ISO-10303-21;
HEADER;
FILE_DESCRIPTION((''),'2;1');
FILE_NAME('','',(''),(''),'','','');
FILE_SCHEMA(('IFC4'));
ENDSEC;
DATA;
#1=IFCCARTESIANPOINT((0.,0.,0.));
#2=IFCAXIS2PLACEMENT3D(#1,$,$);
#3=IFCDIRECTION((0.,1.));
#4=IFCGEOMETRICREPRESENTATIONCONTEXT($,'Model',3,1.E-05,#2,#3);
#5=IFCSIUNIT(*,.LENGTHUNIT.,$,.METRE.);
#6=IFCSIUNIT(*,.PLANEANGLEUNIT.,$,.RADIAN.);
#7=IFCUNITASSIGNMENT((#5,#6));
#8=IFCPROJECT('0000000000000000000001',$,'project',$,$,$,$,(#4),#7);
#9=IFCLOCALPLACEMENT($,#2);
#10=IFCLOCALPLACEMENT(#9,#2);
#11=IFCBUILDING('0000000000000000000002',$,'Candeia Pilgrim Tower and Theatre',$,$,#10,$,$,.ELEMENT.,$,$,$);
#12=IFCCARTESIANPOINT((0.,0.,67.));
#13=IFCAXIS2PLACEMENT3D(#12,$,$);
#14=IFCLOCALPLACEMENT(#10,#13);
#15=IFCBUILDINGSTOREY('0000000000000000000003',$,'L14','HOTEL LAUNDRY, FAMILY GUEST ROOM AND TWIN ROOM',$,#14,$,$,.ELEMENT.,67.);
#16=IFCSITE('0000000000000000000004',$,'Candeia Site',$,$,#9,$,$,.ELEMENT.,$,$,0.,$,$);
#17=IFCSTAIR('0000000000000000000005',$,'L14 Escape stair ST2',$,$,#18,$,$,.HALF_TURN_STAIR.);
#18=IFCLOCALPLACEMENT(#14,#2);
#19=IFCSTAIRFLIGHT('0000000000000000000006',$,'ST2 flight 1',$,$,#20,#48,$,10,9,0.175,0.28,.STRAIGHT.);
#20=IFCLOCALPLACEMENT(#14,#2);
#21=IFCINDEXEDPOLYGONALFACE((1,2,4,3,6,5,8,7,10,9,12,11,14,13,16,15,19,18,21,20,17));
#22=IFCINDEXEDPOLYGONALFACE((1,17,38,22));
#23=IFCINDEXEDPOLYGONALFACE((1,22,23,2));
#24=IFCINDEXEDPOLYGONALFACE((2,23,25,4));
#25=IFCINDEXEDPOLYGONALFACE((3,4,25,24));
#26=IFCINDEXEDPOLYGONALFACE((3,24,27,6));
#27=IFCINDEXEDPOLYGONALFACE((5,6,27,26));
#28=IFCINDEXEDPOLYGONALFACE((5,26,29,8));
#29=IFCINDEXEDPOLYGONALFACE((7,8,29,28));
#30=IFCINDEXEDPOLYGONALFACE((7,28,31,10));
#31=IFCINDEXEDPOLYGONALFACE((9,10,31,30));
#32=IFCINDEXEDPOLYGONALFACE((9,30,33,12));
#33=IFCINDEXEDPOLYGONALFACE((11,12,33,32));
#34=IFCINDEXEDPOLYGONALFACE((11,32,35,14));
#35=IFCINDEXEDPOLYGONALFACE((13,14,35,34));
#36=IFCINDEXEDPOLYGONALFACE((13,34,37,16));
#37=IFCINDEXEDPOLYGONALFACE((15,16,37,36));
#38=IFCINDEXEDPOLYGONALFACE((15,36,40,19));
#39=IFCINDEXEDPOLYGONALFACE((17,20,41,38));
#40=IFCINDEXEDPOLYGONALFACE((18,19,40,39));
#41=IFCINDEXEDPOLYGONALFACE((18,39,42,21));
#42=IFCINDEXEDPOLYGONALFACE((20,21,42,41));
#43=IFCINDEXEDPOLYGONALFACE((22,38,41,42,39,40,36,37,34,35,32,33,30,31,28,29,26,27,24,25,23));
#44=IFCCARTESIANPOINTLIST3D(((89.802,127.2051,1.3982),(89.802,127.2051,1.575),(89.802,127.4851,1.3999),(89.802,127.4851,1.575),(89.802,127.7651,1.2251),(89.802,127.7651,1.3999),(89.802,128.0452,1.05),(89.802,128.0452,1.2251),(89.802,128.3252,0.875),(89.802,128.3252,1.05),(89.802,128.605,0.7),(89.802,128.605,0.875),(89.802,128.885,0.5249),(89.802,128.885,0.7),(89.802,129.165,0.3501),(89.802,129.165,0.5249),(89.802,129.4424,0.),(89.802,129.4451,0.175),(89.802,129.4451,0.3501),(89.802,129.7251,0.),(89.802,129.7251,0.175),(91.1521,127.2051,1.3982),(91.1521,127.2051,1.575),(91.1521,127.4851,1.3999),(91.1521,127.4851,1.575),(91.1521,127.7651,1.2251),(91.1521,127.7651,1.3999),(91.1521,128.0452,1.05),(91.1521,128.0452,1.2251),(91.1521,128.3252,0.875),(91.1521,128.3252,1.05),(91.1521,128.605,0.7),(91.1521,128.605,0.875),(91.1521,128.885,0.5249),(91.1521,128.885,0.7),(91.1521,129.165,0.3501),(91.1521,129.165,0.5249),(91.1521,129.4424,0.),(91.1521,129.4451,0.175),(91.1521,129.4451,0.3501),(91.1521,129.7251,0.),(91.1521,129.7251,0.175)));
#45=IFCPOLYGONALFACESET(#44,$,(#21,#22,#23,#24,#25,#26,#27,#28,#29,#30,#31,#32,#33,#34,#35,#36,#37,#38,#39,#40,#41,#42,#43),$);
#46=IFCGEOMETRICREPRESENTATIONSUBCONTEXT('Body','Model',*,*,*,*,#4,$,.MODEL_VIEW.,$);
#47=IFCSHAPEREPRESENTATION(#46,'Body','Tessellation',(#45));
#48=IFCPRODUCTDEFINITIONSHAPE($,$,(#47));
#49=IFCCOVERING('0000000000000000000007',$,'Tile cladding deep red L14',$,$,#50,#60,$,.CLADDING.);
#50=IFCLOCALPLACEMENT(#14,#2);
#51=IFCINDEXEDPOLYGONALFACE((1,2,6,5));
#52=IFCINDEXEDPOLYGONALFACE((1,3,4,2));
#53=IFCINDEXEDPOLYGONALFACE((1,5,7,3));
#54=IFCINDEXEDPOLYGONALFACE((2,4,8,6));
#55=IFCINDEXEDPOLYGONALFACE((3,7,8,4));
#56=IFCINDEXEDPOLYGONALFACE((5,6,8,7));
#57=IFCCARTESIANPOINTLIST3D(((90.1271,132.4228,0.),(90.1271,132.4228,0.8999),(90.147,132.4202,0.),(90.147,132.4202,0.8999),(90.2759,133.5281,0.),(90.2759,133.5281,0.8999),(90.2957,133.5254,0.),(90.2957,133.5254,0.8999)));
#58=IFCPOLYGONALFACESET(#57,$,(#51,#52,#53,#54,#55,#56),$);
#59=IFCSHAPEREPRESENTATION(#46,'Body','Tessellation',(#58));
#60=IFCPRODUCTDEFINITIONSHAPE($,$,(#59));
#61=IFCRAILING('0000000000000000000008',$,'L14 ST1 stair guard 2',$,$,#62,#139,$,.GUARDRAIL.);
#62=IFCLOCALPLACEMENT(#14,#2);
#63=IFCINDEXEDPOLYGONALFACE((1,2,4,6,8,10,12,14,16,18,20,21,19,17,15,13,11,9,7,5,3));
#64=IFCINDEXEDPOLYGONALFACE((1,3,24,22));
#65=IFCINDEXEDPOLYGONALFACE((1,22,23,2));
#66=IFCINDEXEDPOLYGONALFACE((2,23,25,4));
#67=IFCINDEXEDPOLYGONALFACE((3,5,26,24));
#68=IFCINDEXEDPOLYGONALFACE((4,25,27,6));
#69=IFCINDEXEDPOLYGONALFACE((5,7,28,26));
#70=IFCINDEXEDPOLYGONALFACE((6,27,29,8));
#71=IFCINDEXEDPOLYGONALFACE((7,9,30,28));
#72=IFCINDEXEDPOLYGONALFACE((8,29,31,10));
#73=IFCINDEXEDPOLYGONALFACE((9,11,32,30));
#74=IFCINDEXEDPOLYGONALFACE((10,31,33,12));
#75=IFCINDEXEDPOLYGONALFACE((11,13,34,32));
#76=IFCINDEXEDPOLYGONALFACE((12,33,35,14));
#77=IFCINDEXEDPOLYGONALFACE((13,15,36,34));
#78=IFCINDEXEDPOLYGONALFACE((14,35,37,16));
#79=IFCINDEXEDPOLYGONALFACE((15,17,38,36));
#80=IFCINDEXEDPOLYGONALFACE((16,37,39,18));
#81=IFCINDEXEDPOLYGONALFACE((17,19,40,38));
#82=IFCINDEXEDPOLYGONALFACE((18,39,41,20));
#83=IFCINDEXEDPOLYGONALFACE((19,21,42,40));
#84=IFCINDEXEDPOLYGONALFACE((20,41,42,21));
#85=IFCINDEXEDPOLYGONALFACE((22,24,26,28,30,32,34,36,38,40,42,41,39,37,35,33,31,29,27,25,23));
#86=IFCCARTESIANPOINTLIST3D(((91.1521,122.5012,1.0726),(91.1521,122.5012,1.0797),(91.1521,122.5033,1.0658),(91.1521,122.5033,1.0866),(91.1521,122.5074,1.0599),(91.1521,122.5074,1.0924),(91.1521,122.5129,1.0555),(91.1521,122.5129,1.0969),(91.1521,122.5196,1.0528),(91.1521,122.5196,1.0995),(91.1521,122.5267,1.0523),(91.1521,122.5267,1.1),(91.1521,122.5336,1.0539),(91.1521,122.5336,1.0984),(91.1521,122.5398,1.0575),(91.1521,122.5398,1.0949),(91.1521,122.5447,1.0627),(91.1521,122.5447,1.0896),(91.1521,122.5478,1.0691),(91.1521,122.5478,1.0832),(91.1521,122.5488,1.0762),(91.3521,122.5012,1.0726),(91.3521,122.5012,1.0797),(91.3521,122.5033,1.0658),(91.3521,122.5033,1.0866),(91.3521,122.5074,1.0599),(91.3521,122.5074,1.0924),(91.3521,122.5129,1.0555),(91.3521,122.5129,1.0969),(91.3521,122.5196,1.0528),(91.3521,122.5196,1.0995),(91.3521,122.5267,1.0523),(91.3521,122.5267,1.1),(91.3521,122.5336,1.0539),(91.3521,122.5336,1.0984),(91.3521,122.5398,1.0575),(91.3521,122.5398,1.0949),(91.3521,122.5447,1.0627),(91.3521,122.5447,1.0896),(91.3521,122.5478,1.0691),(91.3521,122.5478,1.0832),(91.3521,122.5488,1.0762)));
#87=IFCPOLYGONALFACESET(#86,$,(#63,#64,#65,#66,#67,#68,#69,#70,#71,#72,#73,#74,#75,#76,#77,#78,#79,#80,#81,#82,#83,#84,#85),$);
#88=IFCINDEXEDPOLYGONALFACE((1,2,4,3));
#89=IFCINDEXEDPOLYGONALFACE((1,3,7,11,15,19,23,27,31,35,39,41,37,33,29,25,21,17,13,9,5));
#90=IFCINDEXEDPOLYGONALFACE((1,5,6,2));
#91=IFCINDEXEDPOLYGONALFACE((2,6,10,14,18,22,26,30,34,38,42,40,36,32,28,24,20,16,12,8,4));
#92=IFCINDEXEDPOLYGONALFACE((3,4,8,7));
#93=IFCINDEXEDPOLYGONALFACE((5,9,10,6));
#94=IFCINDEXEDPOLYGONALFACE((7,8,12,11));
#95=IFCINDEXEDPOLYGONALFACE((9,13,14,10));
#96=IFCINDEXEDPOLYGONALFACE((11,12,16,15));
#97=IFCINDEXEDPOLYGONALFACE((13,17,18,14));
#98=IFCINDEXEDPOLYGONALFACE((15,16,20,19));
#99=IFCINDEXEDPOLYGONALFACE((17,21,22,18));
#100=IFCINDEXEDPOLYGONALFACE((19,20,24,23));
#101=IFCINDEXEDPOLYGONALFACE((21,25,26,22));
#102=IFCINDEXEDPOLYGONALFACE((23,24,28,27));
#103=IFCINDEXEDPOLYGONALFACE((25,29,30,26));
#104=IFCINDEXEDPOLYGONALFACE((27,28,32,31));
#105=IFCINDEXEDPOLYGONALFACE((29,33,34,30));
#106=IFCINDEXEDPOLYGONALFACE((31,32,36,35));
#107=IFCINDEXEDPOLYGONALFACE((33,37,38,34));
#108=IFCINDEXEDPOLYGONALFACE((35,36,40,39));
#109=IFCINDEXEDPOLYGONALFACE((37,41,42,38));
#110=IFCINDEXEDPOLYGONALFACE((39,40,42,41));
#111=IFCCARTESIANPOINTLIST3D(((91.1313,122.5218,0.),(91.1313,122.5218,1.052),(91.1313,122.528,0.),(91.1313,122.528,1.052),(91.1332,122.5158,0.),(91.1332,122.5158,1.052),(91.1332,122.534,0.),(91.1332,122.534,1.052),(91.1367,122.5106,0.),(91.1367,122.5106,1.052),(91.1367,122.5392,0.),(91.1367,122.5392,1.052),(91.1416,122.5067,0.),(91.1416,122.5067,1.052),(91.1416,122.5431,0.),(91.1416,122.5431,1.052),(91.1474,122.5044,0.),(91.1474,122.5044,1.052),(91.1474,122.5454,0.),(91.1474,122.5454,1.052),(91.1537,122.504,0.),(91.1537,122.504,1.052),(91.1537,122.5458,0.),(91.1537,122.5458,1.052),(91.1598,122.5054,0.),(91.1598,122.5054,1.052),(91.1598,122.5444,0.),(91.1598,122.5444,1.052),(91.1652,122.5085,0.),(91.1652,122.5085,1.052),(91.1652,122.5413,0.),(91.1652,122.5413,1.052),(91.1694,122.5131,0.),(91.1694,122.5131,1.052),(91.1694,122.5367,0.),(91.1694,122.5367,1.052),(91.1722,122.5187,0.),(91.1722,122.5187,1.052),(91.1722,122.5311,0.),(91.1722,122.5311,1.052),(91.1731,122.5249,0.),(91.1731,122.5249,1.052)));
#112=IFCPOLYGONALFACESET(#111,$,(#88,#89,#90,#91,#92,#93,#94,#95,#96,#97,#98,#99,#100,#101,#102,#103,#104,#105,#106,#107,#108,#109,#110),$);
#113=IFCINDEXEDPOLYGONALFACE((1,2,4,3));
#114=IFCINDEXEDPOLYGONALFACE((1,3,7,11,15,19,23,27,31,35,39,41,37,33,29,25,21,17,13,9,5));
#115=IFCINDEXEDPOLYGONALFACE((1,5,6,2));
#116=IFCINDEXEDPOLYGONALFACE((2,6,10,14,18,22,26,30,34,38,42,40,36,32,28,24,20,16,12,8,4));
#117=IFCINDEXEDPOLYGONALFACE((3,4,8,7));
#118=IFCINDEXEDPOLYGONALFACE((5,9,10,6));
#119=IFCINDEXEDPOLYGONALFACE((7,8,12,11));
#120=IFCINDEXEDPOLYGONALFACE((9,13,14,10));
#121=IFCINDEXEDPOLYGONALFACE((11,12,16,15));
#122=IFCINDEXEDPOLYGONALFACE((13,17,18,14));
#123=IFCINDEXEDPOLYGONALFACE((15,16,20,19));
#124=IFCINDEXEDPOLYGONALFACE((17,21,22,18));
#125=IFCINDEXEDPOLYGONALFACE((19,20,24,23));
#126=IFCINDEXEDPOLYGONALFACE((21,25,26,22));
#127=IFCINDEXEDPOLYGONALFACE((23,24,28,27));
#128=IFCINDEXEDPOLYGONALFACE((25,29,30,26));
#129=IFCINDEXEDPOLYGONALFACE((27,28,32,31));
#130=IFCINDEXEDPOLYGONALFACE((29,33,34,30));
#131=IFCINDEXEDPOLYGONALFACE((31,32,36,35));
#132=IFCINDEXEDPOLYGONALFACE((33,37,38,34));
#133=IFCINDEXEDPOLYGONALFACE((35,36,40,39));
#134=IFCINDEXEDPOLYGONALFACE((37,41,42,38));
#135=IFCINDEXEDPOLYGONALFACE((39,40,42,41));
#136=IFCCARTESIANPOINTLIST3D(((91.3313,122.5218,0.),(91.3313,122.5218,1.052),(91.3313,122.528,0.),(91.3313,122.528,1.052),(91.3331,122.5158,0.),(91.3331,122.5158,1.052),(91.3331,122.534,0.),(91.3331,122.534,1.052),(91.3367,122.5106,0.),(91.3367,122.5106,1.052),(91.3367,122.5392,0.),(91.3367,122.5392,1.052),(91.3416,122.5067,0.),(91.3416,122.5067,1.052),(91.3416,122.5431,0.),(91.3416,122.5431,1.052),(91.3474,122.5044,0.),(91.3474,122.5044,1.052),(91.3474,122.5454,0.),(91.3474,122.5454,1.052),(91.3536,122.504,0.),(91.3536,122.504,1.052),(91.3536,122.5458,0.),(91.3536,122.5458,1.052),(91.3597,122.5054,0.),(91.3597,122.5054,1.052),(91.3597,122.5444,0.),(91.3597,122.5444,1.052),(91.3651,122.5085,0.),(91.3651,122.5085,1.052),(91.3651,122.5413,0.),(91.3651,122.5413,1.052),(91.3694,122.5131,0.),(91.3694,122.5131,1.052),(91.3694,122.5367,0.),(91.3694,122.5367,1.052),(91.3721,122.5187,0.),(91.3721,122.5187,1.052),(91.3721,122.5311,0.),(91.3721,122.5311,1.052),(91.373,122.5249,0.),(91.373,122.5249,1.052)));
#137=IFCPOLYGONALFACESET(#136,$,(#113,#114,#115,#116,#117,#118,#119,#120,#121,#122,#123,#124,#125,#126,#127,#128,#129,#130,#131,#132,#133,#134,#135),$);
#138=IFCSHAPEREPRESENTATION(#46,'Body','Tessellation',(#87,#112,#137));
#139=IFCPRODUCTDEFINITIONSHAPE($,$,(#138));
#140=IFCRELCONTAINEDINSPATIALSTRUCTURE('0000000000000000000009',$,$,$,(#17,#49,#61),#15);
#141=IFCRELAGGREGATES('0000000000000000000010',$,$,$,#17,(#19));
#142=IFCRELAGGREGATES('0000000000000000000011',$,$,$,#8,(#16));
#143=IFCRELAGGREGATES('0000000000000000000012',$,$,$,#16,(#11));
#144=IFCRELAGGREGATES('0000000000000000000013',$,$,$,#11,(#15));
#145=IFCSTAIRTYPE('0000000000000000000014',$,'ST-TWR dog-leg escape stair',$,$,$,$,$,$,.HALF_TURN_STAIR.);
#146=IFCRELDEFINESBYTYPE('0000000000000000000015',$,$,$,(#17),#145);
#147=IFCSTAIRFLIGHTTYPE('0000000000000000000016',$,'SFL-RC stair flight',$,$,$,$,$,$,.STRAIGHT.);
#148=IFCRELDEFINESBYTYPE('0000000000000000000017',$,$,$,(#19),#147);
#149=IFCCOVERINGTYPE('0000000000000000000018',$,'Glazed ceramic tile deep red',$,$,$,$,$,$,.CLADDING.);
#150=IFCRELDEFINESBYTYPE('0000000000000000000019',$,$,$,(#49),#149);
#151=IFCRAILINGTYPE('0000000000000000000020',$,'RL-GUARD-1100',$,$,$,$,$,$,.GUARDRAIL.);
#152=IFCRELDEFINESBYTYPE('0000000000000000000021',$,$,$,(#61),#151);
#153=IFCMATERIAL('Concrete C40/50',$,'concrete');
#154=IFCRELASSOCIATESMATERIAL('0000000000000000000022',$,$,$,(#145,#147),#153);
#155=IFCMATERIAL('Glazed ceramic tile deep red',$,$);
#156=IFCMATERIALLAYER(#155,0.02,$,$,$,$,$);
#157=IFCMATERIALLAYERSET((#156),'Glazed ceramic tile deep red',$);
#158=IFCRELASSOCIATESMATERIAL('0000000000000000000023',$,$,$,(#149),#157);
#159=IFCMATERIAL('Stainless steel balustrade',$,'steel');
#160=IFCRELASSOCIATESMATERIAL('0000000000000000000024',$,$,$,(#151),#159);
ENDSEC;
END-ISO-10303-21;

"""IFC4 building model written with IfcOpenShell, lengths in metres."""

from ifc_helpers import new_model, si_unit, direction, frame, origin, origin_2d, place, context, subcontext, project, spatial, polyline, rectangle, circle, outline, extrude, material, layer, layer_set, type_object, element, aggregate, save


model = new_model("IFC4")

# Units and contexts
model_context = context("Model", 3, precision=1e-05, world=origin(), true_north=direction((0.0, 1.0)))
body_context = subcontext(model_context, "Body", "Model", "MODEL_VIEW")
ifc_project = project(units=[si_unit("LENGTHUNIT", "METRE"), si_unit("PLANEANGLEUNIT", "RADIAN")], contexts=[model_context])

# Site, building, storey
site_placement = place(None, origin())
site = spatial("IfcSite", under=ifc_project, at=site_placement, Name="Candeia Site", CompositionType="ELEMENT", RefElevation=0.0)
building_placement = place(site_placement, origin())
building = spatial("IfcBuilding", under=site, at=building_placement, Name="Candeia Pilgrim Tower and Theatre", CompositionType="ELEMENT")
storey_placement = place(building_placement, frame((0.0, 0.0, 67.0)))
storey = spatial("IfcBuildingStorey", under=building, at=storey_placement, Name="L14", Description="HOTEL LAUNDRY, FAMILY GUEST ROOM AND TWIN ROOM", CompositionType="ELEMENT", Elevation=67.0)

# Shared definitions
ifc_material_1 = material(Name="Concrete C40/50", Category="concrete")

# Shared definitions
stair_type = type_object("IfcStairType", Name="ST-TWR dog-leg escape stair", PredefinedType="HALF_TURN_STAIR", material=ifc_material_1)
stair_flight_type = type_object("IfcStairFlightType", Name="SFL-RC stair flight", PredefinedType="STRAIGHT", material=ifc_material_1)

# Stair, stair flight
stair_1_placement = place(storey_placement, origin())
stair_1 = element("IfcStair", 1, at=stair_1_placement, inside=storey, type_object=stair_type, Name="L14 Escape stair ST2", PredefinedType="HALF_TURN_STAIR")
stair_flight_1_placement = place(storey_placement, frame((90.4771, 129.7251, 0.0), z_axis=(0.0, 0.0, 1.0), x_axis=(0.0, -1.0, 0.0)))
stair_flight_1 = element("IfcStairFlight", 2, at=stair_flight_1_placement, type_object=stair_flight_type, Name="ST2 flight 1", NumberOfRisers=10, NumberOfTreads=9, PredefinedType="STRAIGHT", RiserHeight=0.175, TreadLength=0.28, context=body_context, shape_type="SweptSolid", body=[
    extrude(outline(polyline([(0.0, 0.0), (0.0, 0.175), (0.28, 0.175), (0.28, 0.3501), (0.5601, 0.3501), (0.5601, 0.5249), (0.8401, 0.5249), (0.8401, 0.7), (1.1201, 0.7), (1.1201, 0.875), (1.3999, 0.875), (1.3999, 1.05), (1.6799, 1.05), (1.6799, 1.2251), (1.96, 1.2251), (1.96, 1.3999), (2.24, 1.3999), (2.24, 1.575), (2.52, 1.575), (2.52, 1.75), (2.52, 1.3982), (0.2827, 0.0), (0.0, 0.0)])), frame((0.0, 0.675, 0.0), z_axis=(0.0, -1.0, 0.0), x_axis=(1.0, 0.0, 0.0)), (0.0, 0.0, 1.0), 1.3501),
])
aggregate(stair_1, [stair_flight_1])

# Shared definitions
ifc_material_2 = material(Name="Stainless steel balustrade", Category="steel")

# Covering
ifc_material_3 = material(Name="Glazed ceramic tile deep red")
ifc_layer_1 = layer(ifc_material_3, 0.02)
ifc_layer_set_1 = layer_set([ifc_layer_1], Name="Glazed ceramic tile deep red")
covering_type = type_object("IfcCoveringType", Name="Glazed ceramic tile deep red", PredefinedType="CLADDING", material=ifc_layer_set_1)
covering_placement = place(storey_placement, frame((90.2114, 132.9741, 0.0), z_axis=(0.0, 0.0, 1.0), x_axis=(-0.133412, -0.991061, 0.0)))
element("IfcCovering", 3, at=covering_placement, inside=storey, type_object=covering_type, Name="Tile cladding deep red L14", PredefinedType="CLADDING", context=body_context, shape_type="SweptSolid", body=[
    extrude(rectangle(XDim=1.1152, YDim=0.02, at=origin_2d()), origin(), (0.0, 0.0, 1.0), 0.8999),
])

# Railing
railing_type_1 = type_object("IfcRailingType", Name="RL-GUARD-1100", PredefinedType="GUARDRAIL", material=ifc_material_2)
railing_1_placement = place(storey_placement, frame((91.1521, 122.5249, 0.0)))
element("IfcRailing", 4, at=railing_1_placement, inside=storey, type_object=railing_type_1, Name="L14 ST1 stair guard 2", PredefinedType="GUARDRAIL", context=body_context, shape_type="SweptSolid", body=[
    extrude(circle(Radius=0.0239, at=origin_2d()), frame((0.0, 0.0, 1.0762), z_axis=(1.0, 0.0, 0.0), x_axis=(0.0, 1.0, 0.0)), (0.0, 0.0, 1.0), 0.2),
    extrude(circle(Radius=0.021, at=origin_2d()), origin(), (0.0, 0.0, 1.0), 1.052),
    extrude(circle(Radius=0.021, at=origin_2d()), frame((0.2, 0.0, 0.0)), (0.0, 0.0, 1.0), 1.052),
])

save(model, "model.ifc")
